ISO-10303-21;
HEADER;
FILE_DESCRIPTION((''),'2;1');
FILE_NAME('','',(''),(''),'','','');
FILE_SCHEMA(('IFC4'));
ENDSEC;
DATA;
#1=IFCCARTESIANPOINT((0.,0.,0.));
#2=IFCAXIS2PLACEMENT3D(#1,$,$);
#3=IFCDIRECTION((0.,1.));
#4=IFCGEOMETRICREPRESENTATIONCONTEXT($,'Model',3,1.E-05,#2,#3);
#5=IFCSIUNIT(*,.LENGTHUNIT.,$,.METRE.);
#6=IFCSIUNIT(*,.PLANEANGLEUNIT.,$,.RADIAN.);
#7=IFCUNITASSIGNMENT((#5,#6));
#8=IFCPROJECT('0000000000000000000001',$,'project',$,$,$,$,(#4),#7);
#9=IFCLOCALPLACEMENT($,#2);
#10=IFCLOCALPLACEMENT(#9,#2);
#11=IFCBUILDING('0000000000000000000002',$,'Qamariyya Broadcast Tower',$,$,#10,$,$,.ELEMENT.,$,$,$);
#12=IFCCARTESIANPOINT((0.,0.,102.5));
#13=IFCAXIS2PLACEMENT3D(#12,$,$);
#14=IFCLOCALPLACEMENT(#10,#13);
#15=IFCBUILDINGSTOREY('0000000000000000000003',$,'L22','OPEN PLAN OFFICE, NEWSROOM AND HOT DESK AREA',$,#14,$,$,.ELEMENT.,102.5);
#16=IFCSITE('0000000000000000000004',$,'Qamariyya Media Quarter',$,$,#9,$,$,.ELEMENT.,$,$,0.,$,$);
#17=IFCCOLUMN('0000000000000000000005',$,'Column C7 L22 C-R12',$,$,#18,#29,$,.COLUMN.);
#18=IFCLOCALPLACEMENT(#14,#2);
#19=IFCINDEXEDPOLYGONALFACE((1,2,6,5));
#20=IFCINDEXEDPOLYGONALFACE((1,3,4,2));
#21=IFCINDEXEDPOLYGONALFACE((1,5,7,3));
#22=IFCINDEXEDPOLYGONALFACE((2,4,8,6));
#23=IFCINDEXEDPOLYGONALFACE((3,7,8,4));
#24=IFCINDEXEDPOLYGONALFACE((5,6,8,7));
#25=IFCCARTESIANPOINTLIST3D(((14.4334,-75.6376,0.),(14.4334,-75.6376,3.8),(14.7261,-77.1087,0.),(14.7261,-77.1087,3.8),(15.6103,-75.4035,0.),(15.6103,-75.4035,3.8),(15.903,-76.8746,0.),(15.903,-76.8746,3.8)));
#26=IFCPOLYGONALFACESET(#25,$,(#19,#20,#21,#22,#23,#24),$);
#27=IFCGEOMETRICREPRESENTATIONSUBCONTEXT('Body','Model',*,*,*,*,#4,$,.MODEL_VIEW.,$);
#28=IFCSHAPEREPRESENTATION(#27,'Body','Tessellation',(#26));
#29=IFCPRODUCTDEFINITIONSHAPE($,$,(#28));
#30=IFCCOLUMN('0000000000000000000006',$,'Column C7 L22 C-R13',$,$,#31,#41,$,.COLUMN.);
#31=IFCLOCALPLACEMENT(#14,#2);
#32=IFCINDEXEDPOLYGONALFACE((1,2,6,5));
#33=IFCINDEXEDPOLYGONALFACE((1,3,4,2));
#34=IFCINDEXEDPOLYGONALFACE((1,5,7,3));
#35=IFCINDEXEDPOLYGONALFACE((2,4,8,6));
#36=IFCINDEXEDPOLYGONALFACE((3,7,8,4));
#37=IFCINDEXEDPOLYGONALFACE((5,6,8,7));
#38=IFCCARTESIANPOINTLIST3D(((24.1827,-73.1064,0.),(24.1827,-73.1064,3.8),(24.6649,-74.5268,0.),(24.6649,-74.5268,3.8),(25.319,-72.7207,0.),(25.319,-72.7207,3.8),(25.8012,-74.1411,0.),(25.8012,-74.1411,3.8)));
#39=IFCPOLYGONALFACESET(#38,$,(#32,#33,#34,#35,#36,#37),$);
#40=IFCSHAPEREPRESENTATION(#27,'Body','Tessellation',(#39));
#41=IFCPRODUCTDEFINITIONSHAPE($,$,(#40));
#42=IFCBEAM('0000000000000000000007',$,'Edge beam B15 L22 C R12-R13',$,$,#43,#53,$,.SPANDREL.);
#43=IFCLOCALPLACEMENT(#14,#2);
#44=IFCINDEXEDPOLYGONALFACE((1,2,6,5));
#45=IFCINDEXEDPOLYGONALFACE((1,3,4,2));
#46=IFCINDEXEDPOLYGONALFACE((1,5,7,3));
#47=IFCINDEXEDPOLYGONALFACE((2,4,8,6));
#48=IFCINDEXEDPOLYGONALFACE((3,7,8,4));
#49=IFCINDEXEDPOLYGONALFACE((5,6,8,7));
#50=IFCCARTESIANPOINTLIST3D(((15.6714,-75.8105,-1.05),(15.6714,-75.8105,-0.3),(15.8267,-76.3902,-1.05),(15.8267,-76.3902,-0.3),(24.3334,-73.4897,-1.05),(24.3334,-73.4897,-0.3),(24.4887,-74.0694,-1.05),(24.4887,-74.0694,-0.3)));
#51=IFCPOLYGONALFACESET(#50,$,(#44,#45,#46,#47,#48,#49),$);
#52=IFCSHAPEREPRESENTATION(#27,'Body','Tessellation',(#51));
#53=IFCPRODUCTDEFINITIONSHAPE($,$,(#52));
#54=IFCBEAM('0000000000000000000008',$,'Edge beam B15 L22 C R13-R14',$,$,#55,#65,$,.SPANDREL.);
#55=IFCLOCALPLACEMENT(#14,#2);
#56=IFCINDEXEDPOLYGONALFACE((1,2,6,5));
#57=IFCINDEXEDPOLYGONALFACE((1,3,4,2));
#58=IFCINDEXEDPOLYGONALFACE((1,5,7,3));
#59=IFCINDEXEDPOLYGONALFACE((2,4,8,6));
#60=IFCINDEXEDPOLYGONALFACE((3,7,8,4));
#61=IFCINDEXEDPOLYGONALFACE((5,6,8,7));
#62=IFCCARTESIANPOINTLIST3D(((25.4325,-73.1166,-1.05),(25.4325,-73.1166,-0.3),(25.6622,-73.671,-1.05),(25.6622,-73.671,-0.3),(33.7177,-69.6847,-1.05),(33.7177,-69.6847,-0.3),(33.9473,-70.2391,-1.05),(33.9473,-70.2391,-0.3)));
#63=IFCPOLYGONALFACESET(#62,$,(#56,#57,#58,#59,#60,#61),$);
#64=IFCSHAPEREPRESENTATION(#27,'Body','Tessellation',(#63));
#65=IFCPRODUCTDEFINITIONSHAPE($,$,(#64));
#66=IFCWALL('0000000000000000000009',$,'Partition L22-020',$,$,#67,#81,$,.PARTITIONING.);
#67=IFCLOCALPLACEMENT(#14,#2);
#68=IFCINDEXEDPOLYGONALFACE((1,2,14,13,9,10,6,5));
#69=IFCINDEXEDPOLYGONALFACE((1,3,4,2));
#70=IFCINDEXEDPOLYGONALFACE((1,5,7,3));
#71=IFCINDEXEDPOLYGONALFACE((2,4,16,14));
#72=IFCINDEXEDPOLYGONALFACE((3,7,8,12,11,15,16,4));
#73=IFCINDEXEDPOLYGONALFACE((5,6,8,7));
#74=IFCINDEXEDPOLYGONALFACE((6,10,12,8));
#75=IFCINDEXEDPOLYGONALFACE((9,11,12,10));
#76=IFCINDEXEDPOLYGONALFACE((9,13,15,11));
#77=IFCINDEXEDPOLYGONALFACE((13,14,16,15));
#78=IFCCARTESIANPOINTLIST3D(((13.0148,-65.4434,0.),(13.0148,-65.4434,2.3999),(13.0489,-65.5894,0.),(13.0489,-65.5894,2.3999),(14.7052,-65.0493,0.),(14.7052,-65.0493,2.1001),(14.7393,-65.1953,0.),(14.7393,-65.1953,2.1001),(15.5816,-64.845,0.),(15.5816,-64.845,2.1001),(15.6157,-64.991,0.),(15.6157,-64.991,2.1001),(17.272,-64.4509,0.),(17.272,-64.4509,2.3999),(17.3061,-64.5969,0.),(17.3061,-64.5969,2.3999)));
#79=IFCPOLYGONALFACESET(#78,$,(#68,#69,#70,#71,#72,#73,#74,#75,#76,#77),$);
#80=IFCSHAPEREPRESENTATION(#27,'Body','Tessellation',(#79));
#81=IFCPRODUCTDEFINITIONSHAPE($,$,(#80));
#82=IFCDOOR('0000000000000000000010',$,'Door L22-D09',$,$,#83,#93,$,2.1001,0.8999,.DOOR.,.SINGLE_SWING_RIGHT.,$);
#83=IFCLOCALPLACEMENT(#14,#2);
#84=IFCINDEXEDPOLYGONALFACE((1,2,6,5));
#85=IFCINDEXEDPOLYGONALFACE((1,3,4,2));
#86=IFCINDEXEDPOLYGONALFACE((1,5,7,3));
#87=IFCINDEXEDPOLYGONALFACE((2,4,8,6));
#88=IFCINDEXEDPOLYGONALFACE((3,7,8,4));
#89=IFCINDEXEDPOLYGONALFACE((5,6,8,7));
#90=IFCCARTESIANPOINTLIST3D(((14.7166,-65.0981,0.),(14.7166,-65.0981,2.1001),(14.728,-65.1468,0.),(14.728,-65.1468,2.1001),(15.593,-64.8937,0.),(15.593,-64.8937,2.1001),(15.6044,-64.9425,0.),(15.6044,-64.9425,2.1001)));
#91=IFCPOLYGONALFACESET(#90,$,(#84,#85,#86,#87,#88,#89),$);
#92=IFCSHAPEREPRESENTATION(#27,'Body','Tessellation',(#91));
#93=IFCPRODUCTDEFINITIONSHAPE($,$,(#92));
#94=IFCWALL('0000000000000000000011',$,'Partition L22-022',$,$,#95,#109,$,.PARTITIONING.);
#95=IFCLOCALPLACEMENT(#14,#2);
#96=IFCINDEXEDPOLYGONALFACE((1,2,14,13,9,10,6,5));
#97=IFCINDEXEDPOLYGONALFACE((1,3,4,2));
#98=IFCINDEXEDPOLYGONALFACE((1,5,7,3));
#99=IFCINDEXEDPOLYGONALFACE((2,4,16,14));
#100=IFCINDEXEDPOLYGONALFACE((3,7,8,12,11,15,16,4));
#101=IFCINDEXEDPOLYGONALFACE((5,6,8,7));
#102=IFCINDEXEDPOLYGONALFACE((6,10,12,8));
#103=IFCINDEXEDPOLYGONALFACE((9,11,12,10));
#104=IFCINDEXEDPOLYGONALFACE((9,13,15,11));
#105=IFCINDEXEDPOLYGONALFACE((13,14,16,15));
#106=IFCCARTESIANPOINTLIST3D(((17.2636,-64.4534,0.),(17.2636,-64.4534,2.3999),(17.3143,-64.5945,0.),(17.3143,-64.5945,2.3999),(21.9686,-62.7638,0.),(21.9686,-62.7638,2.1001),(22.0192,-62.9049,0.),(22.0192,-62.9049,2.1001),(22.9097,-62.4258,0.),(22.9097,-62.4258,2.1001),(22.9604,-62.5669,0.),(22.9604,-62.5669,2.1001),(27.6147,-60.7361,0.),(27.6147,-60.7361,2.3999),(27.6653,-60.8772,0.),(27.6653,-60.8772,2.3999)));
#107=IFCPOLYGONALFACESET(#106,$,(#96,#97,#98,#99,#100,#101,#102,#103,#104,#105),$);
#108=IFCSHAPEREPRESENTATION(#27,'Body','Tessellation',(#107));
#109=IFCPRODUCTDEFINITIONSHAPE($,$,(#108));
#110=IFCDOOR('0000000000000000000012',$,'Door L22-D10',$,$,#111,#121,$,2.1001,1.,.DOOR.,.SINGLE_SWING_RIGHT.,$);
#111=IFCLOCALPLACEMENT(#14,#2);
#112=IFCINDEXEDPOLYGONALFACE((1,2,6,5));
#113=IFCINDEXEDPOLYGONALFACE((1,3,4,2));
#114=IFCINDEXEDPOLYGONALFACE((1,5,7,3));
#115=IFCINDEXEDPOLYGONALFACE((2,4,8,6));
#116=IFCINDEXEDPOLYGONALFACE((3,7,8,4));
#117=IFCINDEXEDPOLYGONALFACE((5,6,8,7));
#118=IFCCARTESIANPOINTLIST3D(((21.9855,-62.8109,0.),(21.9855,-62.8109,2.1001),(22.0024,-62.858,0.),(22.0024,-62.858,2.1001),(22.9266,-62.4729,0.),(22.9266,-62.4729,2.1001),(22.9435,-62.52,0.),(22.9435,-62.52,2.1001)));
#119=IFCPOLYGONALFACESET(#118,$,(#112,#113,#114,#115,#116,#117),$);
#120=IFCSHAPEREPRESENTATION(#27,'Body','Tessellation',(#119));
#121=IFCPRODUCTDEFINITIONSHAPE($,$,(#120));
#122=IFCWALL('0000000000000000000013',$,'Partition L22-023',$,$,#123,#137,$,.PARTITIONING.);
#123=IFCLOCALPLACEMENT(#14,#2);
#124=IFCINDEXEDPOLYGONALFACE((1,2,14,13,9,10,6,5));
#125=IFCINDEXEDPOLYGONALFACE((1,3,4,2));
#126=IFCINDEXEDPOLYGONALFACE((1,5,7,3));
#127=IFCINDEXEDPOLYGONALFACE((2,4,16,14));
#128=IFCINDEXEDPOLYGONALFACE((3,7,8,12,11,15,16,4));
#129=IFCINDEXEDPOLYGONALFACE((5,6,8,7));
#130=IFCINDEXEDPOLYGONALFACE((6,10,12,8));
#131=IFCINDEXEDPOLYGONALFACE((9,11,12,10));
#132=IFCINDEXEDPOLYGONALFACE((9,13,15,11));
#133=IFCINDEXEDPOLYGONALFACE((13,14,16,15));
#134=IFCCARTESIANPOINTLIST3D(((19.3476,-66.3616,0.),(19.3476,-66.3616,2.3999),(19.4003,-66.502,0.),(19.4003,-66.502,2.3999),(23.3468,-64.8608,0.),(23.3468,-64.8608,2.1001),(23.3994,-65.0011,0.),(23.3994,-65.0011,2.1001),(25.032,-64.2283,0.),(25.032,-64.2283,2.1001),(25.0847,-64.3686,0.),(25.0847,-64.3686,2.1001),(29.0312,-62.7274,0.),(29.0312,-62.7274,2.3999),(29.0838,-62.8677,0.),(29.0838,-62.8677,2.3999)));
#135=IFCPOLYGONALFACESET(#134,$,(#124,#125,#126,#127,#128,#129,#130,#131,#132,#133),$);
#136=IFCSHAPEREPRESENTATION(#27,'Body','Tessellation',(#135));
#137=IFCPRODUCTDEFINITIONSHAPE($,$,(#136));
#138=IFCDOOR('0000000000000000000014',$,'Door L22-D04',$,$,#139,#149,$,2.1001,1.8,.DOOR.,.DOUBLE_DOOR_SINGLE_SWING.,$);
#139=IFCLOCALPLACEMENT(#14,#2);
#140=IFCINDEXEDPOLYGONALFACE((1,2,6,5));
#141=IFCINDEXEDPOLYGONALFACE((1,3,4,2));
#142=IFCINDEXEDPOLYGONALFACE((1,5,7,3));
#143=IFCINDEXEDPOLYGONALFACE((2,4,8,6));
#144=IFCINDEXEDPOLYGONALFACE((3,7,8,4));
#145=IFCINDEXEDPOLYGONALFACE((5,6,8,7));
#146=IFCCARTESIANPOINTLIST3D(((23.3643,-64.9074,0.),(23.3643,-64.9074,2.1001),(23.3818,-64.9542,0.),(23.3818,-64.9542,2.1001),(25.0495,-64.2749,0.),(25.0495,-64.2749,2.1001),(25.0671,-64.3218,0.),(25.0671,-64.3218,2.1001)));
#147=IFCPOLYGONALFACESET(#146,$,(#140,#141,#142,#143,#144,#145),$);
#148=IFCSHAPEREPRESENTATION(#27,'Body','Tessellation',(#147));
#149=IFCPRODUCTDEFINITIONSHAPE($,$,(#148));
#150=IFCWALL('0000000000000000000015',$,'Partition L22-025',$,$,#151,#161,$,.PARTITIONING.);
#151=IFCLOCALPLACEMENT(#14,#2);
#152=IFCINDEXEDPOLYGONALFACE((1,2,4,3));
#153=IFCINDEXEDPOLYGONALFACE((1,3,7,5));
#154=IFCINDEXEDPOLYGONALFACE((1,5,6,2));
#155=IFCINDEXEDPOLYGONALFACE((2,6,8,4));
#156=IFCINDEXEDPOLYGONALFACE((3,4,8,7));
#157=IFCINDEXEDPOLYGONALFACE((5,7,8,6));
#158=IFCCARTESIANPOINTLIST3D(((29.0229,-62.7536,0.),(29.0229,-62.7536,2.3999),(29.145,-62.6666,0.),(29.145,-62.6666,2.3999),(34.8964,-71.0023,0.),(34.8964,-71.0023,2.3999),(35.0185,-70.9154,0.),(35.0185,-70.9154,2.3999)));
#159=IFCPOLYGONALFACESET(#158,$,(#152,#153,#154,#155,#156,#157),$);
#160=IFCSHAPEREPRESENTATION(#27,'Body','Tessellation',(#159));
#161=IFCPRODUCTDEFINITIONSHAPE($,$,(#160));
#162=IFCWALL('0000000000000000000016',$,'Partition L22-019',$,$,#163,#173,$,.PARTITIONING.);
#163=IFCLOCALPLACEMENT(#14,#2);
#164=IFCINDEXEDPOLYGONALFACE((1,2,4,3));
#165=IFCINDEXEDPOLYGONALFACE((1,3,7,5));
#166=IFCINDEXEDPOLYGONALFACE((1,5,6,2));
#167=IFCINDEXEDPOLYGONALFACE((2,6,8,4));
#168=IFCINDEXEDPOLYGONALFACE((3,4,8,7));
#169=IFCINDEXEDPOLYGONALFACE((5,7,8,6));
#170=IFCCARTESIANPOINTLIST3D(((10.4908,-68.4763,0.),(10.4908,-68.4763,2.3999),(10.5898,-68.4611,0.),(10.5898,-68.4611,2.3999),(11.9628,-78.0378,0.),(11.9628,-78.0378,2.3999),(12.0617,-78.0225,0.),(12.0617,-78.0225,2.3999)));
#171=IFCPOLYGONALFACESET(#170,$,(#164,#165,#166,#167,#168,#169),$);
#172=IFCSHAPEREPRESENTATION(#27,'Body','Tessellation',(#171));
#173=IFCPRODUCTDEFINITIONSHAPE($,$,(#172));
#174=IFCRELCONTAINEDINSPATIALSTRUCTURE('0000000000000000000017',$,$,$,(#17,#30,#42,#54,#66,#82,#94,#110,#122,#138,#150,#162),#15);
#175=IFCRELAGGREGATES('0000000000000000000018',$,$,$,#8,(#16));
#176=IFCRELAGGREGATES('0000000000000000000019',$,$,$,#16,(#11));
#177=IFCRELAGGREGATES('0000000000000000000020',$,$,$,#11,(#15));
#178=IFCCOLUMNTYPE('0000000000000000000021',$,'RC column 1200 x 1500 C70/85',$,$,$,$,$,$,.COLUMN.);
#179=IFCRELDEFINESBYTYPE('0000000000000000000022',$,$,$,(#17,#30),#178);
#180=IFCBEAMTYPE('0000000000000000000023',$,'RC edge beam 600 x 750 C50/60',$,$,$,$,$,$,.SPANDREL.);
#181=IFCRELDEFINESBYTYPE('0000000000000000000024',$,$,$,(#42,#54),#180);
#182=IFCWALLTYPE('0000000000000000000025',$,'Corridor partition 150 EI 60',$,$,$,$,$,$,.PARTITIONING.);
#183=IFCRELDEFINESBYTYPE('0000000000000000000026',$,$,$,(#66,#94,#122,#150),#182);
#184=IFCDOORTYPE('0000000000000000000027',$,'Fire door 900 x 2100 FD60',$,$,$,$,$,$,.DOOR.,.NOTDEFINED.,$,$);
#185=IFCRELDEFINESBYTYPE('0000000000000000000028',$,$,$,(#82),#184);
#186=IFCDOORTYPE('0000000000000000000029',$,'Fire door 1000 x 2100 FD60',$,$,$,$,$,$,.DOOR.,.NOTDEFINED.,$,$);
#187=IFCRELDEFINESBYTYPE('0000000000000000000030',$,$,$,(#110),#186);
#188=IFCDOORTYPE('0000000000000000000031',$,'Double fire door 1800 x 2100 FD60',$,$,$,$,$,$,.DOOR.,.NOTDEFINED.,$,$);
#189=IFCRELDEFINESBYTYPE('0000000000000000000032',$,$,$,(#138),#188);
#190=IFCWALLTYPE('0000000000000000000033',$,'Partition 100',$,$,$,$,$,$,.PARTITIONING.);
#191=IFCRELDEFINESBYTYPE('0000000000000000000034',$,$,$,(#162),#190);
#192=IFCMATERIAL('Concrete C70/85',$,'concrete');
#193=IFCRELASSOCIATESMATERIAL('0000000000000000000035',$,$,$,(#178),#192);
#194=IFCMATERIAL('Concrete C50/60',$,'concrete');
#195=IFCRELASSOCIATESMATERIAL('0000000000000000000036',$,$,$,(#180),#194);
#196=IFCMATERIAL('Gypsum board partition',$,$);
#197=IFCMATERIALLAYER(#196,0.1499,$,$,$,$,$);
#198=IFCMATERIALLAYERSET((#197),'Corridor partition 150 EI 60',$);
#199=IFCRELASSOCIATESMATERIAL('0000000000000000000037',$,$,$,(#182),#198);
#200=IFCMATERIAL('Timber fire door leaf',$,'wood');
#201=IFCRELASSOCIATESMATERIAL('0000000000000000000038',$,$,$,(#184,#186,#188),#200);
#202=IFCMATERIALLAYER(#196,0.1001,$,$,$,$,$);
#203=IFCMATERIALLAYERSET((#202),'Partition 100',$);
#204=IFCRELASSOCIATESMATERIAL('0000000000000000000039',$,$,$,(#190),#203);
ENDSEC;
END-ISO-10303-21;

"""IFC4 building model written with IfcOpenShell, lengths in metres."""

from ifc_helpers import new_model, si_unit, direction, frame, frame_2d, origin, origin_2d, place, context, subcontext, project, spatial, rectangle, extrude, material, layer, layer_set, material_profile, profile_set, type_object, element, fill, save


model = new_model("IFC4")

# Units and contexts
model_context = context("Model", 3, precision=1e-05, world=origin(), true_north=direction((0.0, 1.0)))
body_context = subcontext(model_context, "Body", "Model", "MODEL_VIEW")
ifc_project = project(units=[si_unit("LENGTHUNIT", "METRE"), si_unit("PLANEANGLEUNIT", "RADIAN")], contexts=[model_context])

# Site, building, storey
site_placement = place(None, origin())
site = spatial("IfcSite", under=ifc_project, at=site_placement, Name="Qamariyya Media Quarter", CompositionType="ELEMENT", RefElevation=0.0)
building_placement = place(site_placement, origin())
building = spatial("IfcBuilding", under=site, at=building_placement, Name="Qamariyya Broadcast Tower", CompositionType="ELEMENT")
storey_placement = place(building_placement, frame((0.0, 0.0, 102.5)))
storey = spatial("IfcBuildingStorey", under=building, at=storey_placement, Name="L22", Description="OPEN PLAN OFFICE, NEWSROOM AND HOT DESK AREA", CompositionType="ELEMENT", Elevation=102.5)

# Columns
ifc_material_1 = material(Name="Concrete C70/85", Category="concrete")
ifc_material_profile_1 = material_profile(ifc_material_1, rectangle(XDim=1.2, YDim=1.5, at=origin_2d()))
ifc_profile_set_1 = profile_set([ifc_material_profile_1], Name="Concrete C70/85")
column_type = type_object("IfcColumnType", Name="RC column 1200 x 1500 C70/85", PredefinedType="COLUMN", material=ifc_profile_set_1)
for number, where, z_axis, x_axis, name in (
    (1, (15.1682, -76.2561, 0.0), (0.0, 0.0, 1.0), (0.980785, 0.19509, 0.0), "Column C7 L22 C-R12"),
    (2, (24.9919, -73.6238, 0.0), (0.0, 0.0, 1.0), (0.94693, 0.321439, 0.0), "Column C7 L22 C-R13"),
):
    element("IfcColumn", number, at=place(storey_placement, frame(where, z_axis=z_axis, x_axis=x_axis)), inside=storey, type_object=column_type, Name=name, PredefinedType="COLUMN", context=body_context, shape_type="SweptSolid", body=[
        extrude(rectangle(XDim=1.2, YDim=1.5, at=origin_2d()), origin(), (0.0, 0.0, 1.0), 3.8),
    ])

# Beams
ifc_material_2 = material(Name="Concrete C50/60", Category="concrete")
ifc_material_profile_2 = material_profile(ifc_material_2, rectangle(XDim=0.6001, YDim=0.75, at=origin_2d()))
ifc_profile_set_2 = profile_set([ifc_material_profile_2], Name="Concrete C50/60")
beam_type = type_object("IfcBeamType", Name="RC edge beam 600 x 750 C50/60", PredefinedType="SPANDREL", material=ifc_profile_set_2)
beam_1_placement = place(storey_placement, frame((15.749, -76.1003, -0.675), z_axis=(0.965932, 0.258798, 0.0), x_axis=(-0.258798, 0.965932, 0.0)))
element("IfcBeam", 3, at=beam_1_placement, inside=storey, type_object=beam_type, Name="Edge beam B15 L22 C R12-R13", PredefinedType="SPANDREL", context=body_context, shape_type="SweptSolid", body=[
    extrude(rectangle(XDim=0.6001, YDim=0.75, at=origin_2d()), origin(), (0.0, 0.0, 1.0), 8.9675),
])
beam_2_placement = place(storey_placement, frame((25.5474, -73.3938, -0.675), z_axis=(0.923877, 0.382689, 0.0), x_axis=(-0.382689, 0.923877, 0.0)))
element("IfcBeam", 4, at=beam_2_placement, inside=storey, type_object=beam_type, Name="Edge beam B15 L22 C R13-R14", PredefinedType="SPANDREL", context=body_context, shape_type="SweptSolid", body=[
    extrude(rectangle(XDim=0.6001, YDim=0.75, at=origin_2d()), origin(), (0.0, 0.0, 1.0), 8.9678),
])

# Walls, openings, doors
ifc_material_3 = material(Name="Gypsum board partition")
ifc_layer_1 = layer(ifc_material_3, 0.1499)
ifc_layer_set_1 = layer_set([ifc_layer_1], Name="Corridor partition 150 EI 60")
wall_type_1 = type_object("IfcWallType", Name="Corridor partition 150 EI 60", PredefinedType="PARTITIONING", material=ifc_layer_set_1)
wall_1_placement = place(storey_placement, frame((13.032, -65.5164, 0.0), z_axis=(0.0, 0.0, 1.0), x_axis=(0.973886, 0.227037, 0.0)))
wall_1 = element("IfcWall", 5, at=wall_1_placement, inside=storey, type_object=wall_type_1, Name="Partition L22-020", PredefinedType="PARTITIONING", context=body_context, shape_type="SweptSolid", body=[
    extrude(rectangle(XDim=4.3713, YDim=0.1499, at=frame_2d((2.1855, 0.0))), origin(), (0.0, 0.0, 1.0), 2.3999),
])
opening_1_placement = place(wall_1_placement, frame((1.7356, 0.0, 0.0)))
opening_1 = element("IfcOpeningElement", 6, at=opening_1_placement, cuts=wall_1, PredefinedType="OPENING", context=body_context, shape_type="SweptSolid", body=[
    extrude(rectangle(XDim=0.8999, YDim=2.1001, at=frame_2d((0.45, 1.05))), frame((0.0, 0.085, 0.0), z_axis=(0.0, -1.0, 0.0), x_axis=(1.0, 0.0, 0.0)), (0.0, 0.0, 1.0), 0.1699),
])
ifc_material_4 = material(Name="Timber fire door leaf", Category="wood")
door_type_1 = type_object("IfcDoorType", Name="Fire door 900 x 2100 FD60", OperationType="NOTDEFINED", PredefinedType="DOOR", material=ifc_material_4)
door_1_placement = place(opening_1_placement, origin())
door_1 = element("IfcDoor", 7, at=door_1_placement, inside=storey, type_object=door_type_1, Name="Door L22-D09", OperationType="SINGLE_SWING_RIGHT", OverallHeight=2.1001, OverallWidth=0.8999, PredefinedType="DOOR", context=body_context, shape_type="SweptSolid", body=[
    extrude(rectangle(XDim=0.8999, YDim=2.1001, at=frame_2d((0.45, 1.05))), frame((0.0, 0.0249, 0.0), z_axis=(0.0, -1.0, 0.0), x_axis=(1.0, 0.0, 0.0)), (0.0, 0.0, 1.0), 0.05),
])
fill(opening_1, door_1)
wall_2_placement = place(storey_placement, frame((17.2891, -64.5239, 0.0), z_axis=(0.0, 0.0, 1.0), x_axis=(0.941151, 0.337987, 0.0)))
wall_2 = element("IfcWall", 8, at=wall_2_placement, inside=storey, type_object=wall_type_1, Name="Partition L22-022", PredefinedType="PARTITIONING", context=body_context, shape_type="SweptSolid", body=[
    extrude(rectangle(XDim=10.9983, YDim=0.1499, at=frame_2d((5.499, 0.0))), origin(), (0.0, 0.0, 1.0), 2.3999),
])
opening_2_placement = place(wall_2_placement, frame((4.999, 0.0, 0.0)))
opening_2 = element("IfcOpeningElement", 9, at=opening_2_placement, cuts=wall_2, PredefinedType="OPENING", context=body_context, shape_type="SweptSolid", body=[
    extrude(rectangle(XDim=1.0, YDim=2.1001, at=frame_2d((0.5, 1.05))), frame((0.0, 0.085, 0.0), z_axis=(0.0, -1.0, 0.0), x_axis=(1.0, 0.0, 0.0)), (0.0, 0.0, 1.0), 0.1699),
])
door_type_2 = type_object("IfcDoorType", Name="Fire door 1000 x 2100 FD60", OperationType="NOTDEFINED", PredefinedType="DOOR", material=ifc_material_4)
door_2_placement = place(opening_2_placement, origin())
door_2 = element("IfcDoor", 10, at=door_2_placement, inside=storey, type_object=door_type_2, Name="Door L22-D10", OperationType="SINGLE_SWING_RIGHT", OverallHeight=2.1001, OverallWidth=1.0, PredefinedType="DOOR", context=body_context, shape_type="SweptSolid", body=[
    extrude(rectangle(XDim=1.0, YDim=2.1001, at=frame_2d((0.5, 1.05))), frame((0.0, 0.0249, 0.0), z_axis=(0.0, -1.0, 0.0), x_axis=(1.0, 0.0, 0.0)), (0.0, 0.0, 1.0), 0.05),
])
fill(opening_2, door_2)
wall_3_placement = place(storey_placement, frame((29.0574, -62.7976, 0.0), z_axis=(0.0, 0.0, 1.0), x_axis=(-0.936236, -0.351372, 0.0)))
wall_3 = element("IfcWall", 11, at=wall_3_placement, inside=storey, type_object=wall_type_1, Name="Partition L22-023", PredefinedType="PARTITIONING", context=body_context, shape_type="SweptSolid", body=[
    extrude(rectangle(XDim=10.343, YDim=0.1499, at=frame_2d((5.1714, 0.0))), origin(), (0.0, 0.0, 1.0), 2.3999),
])
opening_3_placement = place(wall_3_placement, frame((4.2715, 0.0, 0.0)))
opening_3 = element("IfcOpeningElement", 12, at=opening_3_placement, cuts=wall_3, PredefinedType="OPENING", context=body_context, shape_type="SweptSolid", body=[
    extrude(rectangle(XDim=1.8, YDim=2.1001, at=frame_2d((0.8999, 1.05))), frame((0.0, 0.085, 0.0), z_axis=(0.0, -1.0, 0.0), x_axis=(1.0, 0.0, 0.0)), (0.0, 0.0, 1.0), 0.1699),
])
door_type_3 = type_object("IfcDoorType", Name="Double fire door 1800 x 2100 FD60", OperationType="NOTDEFINED", PredefinedType="DOOR", material=ifc_material_4)
door_3_placement = place(opening_3_placement, origin())
door_3 = element("IfcDoor", 13, at=door_3_placement, inside=storey, type_object=door_type_3, Name="Door L22-D04", OperationType="DOUBLE_DOOR_SINGLE_SWING", OverallHeight=2.1001, OverallWidth=1.8, PredefinedType="DOOR", context=body_context, shape_type="SweptSolid", body=[
    extrude(rectangle(XDim=1.8, YDim=2.1001, at=frame_2d((0.8999, 1.05))), frame((0.0, 0.0249, 0.0), z_axis=(0.0, -1.0, 0.0), x_axis=(1.0, 0.0, 0.0)), (0.0, 0.0, 1.0), 0.05),
])
fill(opening_3, door_3)

# Walls
wall_4_placement = place(storey_placement, frame((29.084, -62.7102, 0.0), z_axis=(0.0, 0.0, 1.0), x_axis=(0.580031, -0.814594, 0.0)))
element("IfcWall", 14, at=wall_4_placement, inside=storey, type_object=wall_type_1, Name="Partition L22-025", PredefinedType="PARTITIONING", context=body_context, shape_type="SweptSolid", body=[
    extrude(rectangle(XDim=10.1262, YDim=0.1499, at=frame_2d((5.063, 0.0))), origin(), (0.0, 0.0, 1.0), 2.3999),
])
ifc_layer_2 = layer(ifc_material_3, 0.1001)
ifc_layer_set_2 = layer_set([ifc_layer_2], Name="Partition 100")
wall_type_2 = type_object("IfcWallType", Name="Partition 100", PredefinedType="PARTITIONING", material=ifc_layer_set_2)
wall_5_placement = place(storey_placement, frame((12.0122, -78.03, 0.0), z_axis=(0.0, 0.0, 1.0), x_axis=(-0.15215, 0.988357, 0.0)))
element("IfcWall", 15, at=wall_5_placement, inside=storey, type_object=wall_type_2, Name="Partition L22-019", PredefinedType="PARTITIONING", context=body_context, shape_type="SweptSolid", body=[
    extrude(rectangle(XDim=9.6741, YDim=0.1001, at=frame_2d((4.8369, 0.0))), origin(), (0.0, 0.0, 1.0), 2.3999),
])

save(model, "model.ifc")
